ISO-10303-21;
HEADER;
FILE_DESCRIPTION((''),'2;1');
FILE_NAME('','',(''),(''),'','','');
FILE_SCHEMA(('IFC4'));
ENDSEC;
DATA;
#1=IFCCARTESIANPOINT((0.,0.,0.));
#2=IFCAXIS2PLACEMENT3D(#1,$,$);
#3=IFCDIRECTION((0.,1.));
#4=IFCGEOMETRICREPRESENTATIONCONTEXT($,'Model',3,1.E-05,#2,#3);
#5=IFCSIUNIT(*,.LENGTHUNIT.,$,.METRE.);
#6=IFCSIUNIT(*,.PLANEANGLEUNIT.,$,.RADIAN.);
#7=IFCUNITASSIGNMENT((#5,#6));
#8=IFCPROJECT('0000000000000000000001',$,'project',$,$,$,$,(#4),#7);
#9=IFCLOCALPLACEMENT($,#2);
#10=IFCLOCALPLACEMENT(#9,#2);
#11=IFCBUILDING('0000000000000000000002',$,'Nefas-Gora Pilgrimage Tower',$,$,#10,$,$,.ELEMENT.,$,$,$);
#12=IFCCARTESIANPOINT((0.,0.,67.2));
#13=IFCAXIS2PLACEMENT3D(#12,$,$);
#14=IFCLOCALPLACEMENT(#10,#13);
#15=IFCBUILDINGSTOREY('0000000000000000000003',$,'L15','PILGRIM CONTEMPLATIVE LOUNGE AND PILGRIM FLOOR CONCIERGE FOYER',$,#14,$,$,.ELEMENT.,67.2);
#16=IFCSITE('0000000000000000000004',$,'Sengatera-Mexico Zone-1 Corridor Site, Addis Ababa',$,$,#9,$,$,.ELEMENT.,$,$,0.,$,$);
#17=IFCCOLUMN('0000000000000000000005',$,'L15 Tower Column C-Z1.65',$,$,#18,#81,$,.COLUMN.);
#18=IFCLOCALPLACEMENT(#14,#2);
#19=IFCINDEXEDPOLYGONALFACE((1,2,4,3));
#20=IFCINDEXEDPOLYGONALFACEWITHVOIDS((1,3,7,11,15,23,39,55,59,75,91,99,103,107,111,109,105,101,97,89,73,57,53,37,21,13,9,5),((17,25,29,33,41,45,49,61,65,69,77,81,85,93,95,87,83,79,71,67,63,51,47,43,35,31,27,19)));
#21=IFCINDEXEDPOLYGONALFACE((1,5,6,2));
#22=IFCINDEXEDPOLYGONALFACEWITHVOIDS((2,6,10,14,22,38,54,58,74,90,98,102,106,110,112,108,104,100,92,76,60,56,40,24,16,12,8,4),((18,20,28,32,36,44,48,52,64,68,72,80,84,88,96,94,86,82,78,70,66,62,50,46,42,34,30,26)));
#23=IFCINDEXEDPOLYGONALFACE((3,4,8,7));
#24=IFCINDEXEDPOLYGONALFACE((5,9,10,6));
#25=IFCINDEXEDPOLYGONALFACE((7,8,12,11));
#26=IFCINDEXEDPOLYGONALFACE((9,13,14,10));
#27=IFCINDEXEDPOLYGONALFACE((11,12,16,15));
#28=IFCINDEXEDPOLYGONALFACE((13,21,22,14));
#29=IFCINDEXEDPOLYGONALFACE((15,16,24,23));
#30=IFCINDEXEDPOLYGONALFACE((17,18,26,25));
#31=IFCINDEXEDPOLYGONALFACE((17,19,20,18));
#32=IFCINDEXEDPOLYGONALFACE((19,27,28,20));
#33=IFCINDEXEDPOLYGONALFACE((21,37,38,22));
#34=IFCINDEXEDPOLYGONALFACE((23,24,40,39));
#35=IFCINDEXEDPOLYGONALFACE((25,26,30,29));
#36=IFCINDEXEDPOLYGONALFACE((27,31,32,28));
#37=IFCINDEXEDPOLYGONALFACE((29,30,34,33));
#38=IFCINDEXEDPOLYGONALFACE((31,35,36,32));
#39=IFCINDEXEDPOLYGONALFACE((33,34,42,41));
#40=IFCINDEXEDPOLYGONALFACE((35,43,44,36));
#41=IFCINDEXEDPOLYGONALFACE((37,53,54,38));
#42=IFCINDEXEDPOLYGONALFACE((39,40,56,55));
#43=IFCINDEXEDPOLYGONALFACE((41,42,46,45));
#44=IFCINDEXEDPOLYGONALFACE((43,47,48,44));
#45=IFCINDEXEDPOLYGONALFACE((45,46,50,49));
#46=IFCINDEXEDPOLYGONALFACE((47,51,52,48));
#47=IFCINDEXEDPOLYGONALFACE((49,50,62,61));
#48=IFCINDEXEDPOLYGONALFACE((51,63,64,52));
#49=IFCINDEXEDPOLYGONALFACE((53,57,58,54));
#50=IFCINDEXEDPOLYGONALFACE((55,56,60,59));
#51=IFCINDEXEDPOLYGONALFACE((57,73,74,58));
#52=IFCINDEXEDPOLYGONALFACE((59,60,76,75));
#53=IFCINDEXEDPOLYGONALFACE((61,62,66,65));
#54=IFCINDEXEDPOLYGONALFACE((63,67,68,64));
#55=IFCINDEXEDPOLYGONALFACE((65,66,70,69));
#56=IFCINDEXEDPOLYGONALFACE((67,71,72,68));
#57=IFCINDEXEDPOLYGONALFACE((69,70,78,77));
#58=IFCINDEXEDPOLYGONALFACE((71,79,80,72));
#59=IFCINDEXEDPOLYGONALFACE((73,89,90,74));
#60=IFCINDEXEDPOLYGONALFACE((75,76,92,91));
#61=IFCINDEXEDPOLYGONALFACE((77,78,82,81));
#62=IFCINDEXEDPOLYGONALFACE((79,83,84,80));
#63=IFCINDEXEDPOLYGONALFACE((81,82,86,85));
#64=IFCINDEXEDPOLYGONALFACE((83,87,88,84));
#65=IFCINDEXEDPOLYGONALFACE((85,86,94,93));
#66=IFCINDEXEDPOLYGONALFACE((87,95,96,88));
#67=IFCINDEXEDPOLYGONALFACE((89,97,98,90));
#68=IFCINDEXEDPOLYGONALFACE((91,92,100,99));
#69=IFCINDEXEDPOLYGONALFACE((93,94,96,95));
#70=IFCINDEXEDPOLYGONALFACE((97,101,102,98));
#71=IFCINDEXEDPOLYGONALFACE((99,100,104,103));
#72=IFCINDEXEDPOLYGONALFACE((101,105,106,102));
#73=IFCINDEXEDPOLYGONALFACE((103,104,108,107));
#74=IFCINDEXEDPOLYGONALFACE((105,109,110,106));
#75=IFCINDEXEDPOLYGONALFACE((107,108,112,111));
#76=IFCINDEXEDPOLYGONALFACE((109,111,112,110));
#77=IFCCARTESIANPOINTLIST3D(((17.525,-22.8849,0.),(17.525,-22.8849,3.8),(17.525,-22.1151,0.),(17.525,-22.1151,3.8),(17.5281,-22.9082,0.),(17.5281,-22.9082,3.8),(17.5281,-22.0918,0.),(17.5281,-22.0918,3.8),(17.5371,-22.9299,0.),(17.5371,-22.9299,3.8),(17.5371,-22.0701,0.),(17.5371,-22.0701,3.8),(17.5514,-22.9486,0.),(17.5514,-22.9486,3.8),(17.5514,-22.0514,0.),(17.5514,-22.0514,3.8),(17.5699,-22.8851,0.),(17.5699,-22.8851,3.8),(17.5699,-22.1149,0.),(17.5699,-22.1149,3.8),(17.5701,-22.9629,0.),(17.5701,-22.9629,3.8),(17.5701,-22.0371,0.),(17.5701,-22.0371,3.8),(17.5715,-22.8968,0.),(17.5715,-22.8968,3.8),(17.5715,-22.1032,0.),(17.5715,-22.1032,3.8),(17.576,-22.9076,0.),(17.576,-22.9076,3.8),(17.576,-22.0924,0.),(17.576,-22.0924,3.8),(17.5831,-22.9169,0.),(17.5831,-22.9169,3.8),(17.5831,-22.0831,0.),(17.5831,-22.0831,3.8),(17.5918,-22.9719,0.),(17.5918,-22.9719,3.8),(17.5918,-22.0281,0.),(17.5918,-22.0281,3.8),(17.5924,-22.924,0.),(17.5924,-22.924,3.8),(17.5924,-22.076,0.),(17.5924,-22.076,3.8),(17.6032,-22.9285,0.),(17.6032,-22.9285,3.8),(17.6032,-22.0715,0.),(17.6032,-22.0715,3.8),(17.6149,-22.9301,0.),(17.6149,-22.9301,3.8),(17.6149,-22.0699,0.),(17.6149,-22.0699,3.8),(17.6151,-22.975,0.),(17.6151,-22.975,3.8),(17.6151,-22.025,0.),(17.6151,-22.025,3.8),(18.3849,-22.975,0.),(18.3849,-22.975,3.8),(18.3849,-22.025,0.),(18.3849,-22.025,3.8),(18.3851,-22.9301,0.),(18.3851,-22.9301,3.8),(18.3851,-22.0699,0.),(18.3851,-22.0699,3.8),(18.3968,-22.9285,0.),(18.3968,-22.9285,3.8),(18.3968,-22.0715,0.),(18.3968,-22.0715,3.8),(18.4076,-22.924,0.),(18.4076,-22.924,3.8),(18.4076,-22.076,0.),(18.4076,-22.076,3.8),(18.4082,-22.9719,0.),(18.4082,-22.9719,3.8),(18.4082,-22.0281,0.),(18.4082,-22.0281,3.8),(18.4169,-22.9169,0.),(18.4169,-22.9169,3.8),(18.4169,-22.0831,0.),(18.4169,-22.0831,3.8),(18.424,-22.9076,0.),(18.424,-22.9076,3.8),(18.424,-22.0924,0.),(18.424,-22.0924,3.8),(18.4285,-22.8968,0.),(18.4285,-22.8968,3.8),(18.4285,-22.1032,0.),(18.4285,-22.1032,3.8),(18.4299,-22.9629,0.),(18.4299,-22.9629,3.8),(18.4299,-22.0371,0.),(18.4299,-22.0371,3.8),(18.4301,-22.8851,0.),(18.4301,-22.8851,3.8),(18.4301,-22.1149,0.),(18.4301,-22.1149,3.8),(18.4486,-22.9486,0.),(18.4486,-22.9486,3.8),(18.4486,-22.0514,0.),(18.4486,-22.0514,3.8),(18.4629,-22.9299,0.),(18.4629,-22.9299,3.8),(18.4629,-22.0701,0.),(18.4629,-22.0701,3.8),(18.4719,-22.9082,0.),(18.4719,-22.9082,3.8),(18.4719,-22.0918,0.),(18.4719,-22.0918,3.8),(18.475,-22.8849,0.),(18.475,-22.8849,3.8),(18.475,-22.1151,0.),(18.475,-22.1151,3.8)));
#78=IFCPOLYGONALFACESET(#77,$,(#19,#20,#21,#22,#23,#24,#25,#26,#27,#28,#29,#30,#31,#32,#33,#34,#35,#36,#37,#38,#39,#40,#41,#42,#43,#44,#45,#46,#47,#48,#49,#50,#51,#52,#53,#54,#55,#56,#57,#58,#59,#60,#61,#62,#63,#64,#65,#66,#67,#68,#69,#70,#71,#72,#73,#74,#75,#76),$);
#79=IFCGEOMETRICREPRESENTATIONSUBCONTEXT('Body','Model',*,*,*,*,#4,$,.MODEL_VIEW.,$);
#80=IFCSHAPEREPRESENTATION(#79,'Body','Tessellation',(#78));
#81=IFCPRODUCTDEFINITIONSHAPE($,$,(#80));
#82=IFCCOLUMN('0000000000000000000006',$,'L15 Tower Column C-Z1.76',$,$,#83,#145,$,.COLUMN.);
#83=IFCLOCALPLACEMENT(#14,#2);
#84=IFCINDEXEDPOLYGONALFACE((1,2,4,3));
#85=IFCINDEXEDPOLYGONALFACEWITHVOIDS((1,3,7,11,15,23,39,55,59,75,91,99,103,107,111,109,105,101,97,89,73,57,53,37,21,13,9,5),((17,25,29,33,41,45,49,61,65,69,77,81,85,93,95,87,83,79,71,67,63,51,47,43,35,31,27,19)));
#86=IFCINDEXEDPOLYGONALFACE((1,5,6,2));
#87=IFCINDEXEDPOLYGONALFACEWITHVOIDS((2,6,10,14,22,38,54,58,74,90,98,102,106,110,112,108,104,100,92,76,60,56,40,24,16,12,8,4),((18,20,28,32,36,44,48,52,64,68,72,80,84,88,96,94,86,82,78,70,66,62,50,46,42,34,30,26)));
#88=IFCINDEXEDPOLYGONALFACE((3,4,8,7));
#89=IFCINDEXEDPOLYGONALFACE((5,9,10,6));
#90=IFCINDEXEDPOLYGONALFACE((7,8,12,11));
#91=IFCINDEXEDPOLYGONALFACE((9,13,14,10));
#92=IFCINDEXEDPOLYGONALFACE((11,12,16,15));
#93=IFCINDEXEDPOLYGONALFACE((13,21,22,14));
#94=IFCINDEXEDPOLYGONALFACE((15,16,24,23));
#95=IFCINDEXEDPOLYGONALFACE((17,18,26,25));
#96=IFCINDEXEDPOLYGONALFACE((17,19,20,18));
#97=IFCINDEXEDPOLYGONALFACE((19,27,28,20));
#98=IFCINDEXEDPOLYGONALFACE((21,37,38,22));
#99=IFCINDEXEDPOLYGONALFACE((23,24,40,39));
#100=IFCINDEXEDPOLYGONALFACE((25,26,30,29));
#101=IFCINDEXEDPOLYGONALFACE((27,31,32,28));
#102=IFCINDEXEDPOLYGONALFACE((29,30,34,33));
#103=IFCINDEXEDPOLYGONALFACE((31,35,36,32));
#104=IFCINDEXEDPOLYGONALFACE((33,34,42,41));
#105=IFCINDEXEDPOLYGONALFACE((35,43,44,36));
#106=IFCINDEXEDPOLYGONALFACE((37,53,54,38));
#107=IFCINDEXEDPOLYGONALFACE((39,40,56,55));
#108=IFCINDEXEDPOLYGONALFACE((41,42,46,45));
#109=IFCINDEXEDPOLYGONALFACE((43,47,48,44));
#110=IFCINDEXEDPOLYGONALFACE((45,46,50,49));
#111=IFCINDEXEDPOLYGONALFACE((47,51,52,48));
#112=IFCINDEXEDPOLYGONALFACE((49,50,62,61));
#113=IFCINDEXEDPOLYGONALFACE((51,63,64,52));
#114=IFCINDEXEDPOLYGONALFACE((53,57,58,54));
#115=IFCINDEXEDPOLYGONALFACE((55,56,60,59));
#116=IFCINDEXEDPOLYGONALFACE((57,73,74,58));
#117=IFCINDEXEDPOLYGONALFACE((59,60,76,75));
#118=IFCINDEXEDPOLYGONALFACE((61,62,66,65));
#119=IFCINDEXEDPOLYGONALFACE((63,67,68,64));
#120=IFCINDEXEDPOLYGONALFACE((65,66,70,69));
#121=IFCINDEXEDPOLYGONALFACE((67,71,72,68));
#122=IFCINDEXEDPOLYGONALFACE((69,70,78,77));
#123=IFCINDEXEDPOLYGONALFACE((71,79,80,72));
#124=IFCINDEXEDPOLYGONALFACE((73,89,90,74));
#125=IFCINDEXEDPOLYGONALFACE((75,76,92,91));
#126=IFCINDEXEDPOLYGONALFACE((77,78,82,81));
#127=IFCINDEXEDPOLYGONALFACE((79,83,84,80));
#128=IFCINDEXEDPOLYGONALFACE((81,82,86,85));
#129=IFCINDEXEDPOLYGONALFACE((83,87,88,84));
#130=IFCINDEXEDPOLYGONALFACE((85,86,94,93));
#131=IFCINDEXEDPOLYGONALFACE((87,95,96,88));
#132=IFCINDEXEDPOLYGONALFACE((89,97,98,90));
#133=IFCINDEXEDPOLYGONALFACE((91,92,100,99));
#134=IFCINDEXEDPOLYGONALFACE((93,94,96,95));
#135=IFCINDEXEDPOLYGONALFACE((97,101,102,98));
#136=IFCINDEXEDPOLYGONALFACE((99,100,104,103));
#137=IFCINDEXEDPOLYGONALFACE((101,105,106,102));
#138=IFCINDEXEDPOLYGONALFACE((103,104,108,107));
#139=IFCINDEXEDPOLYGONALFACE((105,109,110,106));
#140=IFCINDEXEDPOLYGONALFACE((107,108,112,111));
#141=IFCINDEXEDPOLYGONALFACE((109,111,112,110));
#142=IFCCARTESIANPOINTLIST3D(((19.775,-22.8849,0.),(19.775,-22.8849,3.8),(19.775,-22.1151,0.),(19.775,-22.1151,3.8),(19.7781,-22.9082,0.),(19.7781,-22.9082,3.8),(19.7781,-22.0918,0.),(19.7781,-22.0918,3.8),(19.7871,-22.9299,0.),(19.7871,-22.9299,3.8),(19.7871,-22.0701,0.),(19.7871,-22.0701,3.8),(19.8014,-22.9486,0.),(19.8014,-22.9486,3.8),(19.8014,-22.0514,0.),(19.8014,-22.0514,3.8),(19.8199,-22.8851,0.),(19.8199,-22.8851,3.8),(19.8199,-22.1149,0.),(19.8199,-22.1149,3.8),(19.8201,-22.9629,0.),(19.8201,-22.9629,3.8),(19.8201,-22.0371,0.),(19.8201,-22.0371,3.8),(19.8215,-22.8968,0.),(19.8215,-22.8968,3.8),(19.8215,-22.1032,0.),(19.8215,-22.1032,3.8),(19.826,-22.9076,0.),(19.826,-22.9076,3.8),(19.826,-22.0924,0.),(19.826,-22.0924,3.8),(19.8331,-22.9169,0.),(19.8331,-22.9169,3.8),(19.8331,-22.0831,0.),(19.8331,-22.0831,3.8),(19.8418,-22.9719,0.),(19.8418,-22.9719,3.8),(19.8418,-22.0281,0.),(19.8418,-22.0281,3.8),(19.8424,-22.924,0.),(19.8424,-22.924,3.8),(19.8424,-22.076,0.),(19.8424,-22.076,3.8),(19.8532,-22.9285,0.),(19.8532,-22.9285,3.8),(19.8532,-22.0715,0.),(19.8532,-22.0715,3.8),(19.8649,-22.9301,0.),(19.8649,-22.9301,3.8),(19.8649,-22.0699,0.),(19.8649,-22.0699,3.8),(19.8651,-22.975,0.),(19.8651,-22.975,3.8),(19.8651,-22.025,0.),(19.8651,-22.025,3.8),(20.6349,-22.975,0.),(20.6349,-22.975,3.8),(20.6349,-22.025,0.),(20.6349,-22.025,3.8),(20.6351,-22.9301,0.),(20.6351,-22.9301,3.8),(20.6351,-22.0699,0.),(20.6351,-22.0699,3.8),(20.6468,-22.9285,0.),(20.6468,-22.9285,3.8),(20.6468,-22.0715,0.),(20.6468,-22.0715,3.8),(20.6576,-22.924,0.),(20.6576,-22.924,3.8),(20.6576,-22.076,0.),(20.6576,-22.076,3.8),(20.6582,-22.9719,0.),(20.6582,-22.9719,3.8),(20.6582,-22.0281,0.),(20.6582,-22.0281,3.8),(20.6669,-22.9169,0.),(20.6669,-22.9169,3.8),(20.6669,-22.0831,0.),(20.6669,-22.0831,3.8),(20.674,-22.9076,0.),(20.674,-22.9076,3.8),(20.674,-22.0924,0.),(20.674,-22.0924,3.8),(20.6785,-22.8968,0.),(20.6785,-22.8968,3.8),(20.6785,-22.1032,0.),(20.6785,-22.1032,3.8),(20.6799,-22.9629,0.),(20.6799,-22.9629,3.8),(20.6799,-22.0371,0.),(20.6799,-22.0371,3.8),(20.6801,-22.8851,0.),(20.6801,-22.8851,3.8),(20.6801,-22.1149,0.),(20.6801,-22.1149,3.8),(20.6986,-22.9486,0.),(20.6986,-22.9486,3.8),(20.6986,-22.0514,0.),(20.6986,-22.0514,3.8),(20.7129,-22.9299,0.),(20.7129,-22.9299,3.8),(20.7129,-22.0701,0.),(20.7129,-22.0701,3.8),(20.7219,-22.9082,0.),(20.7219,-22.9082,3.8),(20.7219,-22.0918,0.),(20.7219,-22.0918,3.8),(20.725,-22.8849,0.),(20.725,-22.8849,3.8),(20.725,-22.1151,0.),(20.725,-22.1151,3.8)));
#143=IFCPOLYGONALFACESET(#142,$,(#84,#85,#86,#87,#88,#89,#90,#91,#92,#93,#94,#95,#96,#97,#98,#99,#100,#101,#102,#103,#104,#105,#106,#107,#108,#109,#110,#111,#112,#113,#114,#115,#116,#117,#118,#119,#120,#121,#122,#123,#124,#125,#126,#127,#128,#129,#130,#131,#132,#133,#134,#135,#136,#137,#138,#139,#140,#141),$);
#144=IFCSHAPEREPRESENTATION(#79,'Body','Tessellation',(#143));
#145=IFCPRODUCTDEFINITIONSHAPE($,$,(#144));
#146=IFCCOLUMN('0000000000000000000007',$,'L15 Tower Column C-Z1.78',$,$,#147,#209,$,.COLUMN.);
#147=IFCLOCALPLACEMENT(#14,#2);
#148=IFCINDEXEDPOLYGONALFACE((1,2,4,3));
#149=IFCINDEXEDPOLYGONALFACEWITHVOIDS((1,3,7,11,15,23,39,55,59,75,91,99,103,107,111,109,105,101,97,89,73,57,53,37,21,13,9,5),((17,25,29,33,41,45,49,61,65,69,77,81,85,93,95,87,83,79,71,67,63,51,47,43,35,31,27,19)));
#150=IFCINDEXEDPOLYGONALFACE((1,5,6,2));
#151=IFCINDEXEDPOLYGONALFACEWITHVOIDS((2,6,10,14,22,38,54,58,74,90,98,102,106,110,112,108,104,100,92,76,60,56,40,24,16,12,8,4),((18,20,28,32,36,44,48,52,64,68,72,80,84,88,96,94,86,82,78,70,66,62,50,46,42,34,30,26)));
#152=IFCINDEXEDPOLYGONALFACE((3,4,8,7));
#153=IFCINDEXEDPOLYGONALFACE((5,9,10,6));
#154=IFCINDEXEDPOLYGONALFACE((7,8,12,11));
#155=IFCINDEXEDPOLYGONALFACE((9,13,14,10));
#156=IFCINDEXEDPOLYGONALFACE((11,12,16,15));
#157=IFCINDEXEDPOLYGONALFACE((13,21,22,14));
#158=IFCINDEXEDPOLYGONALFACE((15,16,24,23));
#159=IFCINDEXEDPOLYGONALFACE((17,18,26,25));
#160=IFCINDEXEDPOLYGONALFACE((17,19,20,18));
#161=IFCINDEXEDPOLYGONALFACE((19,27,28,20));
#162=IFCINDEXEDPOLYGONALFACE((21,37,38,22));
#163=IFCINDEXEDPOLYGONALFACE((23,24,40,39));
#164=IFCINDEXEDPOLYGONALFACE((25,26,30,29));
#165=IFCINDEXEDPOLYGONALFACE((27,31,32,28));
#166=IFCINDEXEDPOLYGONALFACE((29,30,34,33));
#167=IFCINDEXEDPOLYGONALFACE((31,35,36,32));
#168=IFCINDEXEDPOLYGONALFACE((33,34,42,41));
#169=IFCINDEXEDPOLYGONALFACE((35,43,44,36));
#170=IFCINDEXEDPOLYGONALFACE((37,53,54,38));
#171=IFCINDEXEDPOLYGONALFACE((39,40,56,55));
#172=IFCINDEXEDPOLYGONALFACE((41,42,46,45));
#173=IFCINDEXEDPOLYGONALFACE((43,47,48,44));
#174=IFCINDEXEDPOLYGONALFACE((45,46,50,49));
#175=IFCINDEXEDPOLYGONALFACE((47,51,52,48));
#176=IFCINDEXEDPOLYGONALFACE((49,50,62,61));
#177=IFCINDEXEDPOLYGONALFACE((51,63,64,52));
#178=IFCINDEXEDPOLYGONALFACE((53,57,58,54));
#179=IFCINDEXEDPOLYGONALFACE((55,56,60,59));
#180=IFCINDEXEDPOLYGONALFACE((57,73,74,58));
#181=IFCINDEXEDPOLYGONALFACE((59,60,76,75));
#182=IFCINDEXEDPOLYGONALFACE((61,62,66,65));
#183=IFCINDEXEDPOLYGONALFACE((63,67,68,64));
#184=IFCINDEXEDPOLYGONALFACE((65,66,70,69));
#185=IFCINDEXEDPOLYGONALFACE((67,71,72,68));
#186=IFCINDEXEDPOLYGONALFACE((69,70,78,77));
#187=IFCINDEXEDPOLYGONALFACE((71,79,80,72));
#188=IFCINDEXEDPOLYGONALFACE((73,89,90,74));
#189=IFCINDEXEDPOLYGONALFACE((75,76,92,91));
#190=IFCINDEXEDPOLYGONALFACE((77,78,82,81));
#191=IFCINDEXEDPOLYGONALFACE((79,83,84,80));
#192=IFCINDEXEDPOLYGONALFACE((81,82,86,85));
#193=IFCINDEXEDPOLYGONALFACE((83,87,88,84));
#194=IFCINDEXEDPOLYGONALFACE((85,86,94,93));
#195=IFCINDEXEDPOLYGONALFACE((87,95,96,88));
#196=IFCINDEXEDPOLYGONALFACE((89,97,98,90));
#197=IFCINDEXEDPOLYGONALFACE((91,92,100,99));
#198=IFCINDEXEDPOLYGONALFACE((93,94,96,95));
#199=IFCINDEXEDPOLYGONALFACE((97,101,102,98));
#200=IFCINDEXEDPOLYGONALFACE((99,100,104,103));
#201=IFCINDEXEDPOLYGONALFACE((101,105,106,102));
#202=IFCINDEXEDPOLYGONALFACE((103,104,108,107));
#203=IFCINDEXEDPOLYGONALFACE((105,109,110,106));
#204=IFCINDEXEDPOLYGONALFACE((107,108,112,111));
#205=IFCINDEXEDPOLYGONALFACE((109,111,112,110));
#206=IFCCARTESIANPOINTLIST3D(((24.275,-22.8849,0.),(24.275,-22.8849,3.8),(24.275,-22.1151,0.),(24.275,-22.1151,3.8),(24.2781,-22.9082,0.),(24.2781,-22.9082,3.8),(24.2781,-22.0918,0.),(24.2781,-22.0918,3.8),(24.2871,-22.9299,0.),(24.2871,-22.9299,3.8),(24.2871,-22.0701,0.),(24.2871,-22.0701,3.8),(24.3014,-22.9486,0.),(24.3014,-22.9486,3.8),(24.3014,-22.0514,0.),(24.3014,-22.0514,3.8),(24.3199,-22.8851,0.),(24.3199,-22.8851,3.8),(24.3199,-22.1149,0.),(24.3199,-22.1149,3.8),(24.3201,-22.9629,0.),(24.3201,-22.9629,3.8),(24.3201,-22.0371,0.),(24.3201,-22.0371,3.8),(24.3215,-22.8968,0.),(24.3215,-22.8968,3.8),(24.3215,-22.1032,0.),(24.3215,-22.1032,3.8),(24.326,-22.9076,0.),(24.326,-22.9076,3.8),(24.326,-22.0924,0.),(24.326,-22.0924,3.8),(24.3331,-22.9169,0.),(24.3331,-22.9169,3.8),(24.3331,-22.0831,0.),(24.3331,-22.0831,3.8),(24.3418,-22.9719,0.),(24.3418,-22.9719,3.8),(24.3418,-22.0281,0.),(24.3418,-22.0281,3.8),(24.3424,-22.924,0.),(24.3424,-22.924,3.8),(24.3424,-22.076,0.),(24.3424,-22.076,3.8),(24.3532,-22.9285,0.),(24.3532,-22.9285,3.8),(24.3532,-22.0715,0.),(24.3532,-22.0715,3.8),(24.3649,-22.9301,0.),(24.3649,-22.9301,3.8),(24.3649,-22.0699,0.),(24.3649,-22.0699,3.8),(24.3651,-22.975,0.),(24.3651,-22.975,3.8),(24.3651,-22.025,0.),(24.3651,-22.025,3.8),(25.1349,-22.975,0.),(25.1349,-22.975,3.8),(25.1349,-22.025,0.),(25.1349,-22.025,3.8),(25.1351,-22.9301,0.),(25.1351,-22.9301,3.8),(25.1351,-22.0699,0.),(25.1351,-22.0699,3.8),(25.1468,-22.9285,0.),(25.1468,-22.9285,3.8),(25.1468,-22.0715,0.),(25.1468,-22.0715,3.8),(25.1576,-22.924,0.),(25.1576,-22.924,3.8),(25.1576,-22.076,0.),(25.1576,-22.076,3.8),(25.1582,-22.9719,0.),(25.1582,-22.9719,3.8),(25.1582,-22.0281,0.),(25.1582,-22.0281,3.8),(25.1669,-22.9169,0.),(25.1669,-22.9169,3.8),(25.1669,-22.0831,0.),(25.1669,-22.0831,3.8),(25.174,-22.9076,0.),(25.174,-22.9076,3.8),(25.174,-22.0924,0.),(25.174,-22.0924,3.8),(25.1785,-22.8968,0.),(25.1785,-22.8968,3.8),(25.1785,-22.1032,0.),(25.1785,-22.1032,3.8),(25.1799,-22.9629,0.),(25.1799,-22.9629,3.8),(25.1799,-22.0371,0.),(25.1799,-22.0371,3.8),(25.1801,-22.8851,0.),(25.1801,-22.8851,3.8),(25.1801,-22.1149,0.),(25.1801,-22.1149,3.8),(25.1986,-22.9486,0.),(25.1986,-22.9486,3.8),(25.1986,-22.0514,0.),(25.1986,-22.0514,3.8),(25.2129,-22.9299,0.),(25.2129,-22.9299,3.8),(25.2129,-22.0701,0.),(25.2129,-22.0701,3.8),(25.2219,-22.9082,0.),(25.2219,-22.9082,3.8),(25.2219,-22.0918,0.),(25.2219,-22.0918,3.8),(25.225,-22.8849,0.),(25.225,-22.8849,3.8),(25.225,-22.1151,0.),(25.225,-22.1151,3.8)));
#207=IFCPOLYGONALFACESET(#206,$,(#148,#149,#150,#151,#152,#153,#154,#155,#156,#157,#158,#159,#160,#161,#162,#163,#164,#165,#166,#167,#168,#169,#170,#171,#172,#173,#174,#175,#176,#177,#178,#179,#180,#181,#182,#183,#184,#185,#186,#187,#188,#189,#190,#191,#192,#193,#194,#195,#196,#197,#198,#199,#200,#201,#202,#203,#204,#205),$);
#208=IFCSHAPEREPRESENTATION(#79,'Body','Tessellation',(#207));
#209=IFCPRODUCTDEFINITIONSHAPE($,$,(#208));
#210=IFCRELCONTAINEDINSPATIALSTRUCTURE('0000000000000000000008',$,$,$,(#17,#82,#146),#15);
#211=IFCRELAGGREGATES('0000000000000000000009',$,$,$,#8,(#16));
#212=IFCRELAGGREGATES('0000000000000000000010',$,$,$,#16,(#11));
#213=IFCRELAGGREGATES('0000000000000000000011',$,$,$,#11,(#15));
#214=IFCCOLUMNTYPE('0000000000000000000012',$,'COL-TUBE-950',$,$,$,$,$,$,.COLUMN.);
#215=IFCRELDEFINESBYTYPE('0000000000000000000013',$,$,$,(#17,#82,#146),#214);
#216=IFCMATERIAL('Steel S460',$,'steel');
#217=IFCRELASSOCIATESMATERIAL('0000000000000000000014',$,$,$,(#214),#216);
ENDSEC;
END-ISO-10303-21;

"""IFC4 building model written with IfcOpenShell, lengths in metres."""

from ifc_helpers import new_model, si_unit, direction, frame, origin, origin_2d, place, context, subcontext, project, spatial, hollow_rectangle, extrude, source, transform, mapped, material, material_profile, profile_set, type_object, element, save


model = new_model("IFC4")

# Units and contexts
model_context = context("Model", 3, precision=1e-05, world=origin(), true_north=direction((0.0, 1.0)))
body_context = subcontext(model_context, "Body", "Model", "MODEL_VIEW")
ifc_project = project(units=[si_unit("LENGTHUNIT", "METRE"), si_unit("PLANEANGLEUNIT", "RADIAN")], contexts=[model_context])

# Site, building, storey
site_placement = place(None, origin())
site = spatial("IfcSite", under=ifc_project, at=site_placement, Name="Sengatera-Mexico Zone-1 Corridor Site, Addis Ababa", CompositionType="ELEMENT", RefElevation=0.0)
building_placement = place(site_placement, origin())
building = spatial("IfcBuilding", under=site, at=building_placement, Name="Nefas-Gora Pilgrimage Tower", CompositionType="ELEMENT")
storey_placement = place(building_placement, frame((0.0, 0.0, 67.2)))
storey = spatial("IfcBuildingStorey", under=building, at=storey_placement, Name="L15", Description="PILGRIM CONTEMPLATIVE LOUNGE AND PILGRIM FLOOR CONCIERGE FOYER", CompositionType="ELEMENT", Elevation=67.2)

# Columns
ifc_material_1 = material(Name="Steel S460", Category="steel")
ifc_material_profile_1 = material_profile(ifc_material_1, hollow_rectangle(XDim=0.95, YDim=0.95, WallThickness=0.0449, InnerFilletRadius=0.0449, OuterFilletRadius=0.0901, at=origin_2d()), Name="BOX 950x950x45")
ifc_profile_set_1 = profile_set([ifc_material_profile_1], Name="Steel S460")
column_type_1 = type_object("IfcColumnType", Name="COL-TUBE-950", PredefinedType="COLUMN", material=ifc_profile_set_1)
shared_shape_1 = source(origin(), body_context, "Body", "SweptSolid", [
    extrude(hollow_rectangle(XDim=0.95, YDim=0.95, WallThickness=0.0449, InnerFilletRadius=0.0449, OuterFilletRadius=0.0901, at=origin_2d()), origin(), (0.0, 0.0, 1.0), 3.8),
])
for number, where, z_axis, x_axis, name in (
    (1, (18.0, -22.5, 0.0), (0.0, 0.0, 1.0), (1.0, 0.0, 0.0), "L15 Tower Column C-Z1.65"),
    (2, (20.25, -22.5, 0.0), (0.0, 0.0, 1.0), (1.0, 0.0, 0.0), "L15 Tower Column C-Z1.76"),
    (3, (24.75, -22.5, 0.0), (0.0, 0.0, 1.0), (1.0, 0.0, 0.0), "L15 Tower Column C-Z1.78"),
):
    element("IfcColumn", number, at=place(storey_placement, frame(where, z_axis=z_axis, x_axis=x_axis)), inside=storey, type_object=column_type_1, Name=name, PredefinedType="COLUMN", context=body_context, shape_type="MappedRepresentation", body=[
        mapped(shared_shape_1, transform((0.0, 0.0, 0.0), x_axis=(1.0, 0.0, 0.0), y_axis=(0.0, 1.0, 0.0), z_axis=(0.0, 0.0, 1.0), scale=1.0)),
    ])

save(model, "model.ifc")
